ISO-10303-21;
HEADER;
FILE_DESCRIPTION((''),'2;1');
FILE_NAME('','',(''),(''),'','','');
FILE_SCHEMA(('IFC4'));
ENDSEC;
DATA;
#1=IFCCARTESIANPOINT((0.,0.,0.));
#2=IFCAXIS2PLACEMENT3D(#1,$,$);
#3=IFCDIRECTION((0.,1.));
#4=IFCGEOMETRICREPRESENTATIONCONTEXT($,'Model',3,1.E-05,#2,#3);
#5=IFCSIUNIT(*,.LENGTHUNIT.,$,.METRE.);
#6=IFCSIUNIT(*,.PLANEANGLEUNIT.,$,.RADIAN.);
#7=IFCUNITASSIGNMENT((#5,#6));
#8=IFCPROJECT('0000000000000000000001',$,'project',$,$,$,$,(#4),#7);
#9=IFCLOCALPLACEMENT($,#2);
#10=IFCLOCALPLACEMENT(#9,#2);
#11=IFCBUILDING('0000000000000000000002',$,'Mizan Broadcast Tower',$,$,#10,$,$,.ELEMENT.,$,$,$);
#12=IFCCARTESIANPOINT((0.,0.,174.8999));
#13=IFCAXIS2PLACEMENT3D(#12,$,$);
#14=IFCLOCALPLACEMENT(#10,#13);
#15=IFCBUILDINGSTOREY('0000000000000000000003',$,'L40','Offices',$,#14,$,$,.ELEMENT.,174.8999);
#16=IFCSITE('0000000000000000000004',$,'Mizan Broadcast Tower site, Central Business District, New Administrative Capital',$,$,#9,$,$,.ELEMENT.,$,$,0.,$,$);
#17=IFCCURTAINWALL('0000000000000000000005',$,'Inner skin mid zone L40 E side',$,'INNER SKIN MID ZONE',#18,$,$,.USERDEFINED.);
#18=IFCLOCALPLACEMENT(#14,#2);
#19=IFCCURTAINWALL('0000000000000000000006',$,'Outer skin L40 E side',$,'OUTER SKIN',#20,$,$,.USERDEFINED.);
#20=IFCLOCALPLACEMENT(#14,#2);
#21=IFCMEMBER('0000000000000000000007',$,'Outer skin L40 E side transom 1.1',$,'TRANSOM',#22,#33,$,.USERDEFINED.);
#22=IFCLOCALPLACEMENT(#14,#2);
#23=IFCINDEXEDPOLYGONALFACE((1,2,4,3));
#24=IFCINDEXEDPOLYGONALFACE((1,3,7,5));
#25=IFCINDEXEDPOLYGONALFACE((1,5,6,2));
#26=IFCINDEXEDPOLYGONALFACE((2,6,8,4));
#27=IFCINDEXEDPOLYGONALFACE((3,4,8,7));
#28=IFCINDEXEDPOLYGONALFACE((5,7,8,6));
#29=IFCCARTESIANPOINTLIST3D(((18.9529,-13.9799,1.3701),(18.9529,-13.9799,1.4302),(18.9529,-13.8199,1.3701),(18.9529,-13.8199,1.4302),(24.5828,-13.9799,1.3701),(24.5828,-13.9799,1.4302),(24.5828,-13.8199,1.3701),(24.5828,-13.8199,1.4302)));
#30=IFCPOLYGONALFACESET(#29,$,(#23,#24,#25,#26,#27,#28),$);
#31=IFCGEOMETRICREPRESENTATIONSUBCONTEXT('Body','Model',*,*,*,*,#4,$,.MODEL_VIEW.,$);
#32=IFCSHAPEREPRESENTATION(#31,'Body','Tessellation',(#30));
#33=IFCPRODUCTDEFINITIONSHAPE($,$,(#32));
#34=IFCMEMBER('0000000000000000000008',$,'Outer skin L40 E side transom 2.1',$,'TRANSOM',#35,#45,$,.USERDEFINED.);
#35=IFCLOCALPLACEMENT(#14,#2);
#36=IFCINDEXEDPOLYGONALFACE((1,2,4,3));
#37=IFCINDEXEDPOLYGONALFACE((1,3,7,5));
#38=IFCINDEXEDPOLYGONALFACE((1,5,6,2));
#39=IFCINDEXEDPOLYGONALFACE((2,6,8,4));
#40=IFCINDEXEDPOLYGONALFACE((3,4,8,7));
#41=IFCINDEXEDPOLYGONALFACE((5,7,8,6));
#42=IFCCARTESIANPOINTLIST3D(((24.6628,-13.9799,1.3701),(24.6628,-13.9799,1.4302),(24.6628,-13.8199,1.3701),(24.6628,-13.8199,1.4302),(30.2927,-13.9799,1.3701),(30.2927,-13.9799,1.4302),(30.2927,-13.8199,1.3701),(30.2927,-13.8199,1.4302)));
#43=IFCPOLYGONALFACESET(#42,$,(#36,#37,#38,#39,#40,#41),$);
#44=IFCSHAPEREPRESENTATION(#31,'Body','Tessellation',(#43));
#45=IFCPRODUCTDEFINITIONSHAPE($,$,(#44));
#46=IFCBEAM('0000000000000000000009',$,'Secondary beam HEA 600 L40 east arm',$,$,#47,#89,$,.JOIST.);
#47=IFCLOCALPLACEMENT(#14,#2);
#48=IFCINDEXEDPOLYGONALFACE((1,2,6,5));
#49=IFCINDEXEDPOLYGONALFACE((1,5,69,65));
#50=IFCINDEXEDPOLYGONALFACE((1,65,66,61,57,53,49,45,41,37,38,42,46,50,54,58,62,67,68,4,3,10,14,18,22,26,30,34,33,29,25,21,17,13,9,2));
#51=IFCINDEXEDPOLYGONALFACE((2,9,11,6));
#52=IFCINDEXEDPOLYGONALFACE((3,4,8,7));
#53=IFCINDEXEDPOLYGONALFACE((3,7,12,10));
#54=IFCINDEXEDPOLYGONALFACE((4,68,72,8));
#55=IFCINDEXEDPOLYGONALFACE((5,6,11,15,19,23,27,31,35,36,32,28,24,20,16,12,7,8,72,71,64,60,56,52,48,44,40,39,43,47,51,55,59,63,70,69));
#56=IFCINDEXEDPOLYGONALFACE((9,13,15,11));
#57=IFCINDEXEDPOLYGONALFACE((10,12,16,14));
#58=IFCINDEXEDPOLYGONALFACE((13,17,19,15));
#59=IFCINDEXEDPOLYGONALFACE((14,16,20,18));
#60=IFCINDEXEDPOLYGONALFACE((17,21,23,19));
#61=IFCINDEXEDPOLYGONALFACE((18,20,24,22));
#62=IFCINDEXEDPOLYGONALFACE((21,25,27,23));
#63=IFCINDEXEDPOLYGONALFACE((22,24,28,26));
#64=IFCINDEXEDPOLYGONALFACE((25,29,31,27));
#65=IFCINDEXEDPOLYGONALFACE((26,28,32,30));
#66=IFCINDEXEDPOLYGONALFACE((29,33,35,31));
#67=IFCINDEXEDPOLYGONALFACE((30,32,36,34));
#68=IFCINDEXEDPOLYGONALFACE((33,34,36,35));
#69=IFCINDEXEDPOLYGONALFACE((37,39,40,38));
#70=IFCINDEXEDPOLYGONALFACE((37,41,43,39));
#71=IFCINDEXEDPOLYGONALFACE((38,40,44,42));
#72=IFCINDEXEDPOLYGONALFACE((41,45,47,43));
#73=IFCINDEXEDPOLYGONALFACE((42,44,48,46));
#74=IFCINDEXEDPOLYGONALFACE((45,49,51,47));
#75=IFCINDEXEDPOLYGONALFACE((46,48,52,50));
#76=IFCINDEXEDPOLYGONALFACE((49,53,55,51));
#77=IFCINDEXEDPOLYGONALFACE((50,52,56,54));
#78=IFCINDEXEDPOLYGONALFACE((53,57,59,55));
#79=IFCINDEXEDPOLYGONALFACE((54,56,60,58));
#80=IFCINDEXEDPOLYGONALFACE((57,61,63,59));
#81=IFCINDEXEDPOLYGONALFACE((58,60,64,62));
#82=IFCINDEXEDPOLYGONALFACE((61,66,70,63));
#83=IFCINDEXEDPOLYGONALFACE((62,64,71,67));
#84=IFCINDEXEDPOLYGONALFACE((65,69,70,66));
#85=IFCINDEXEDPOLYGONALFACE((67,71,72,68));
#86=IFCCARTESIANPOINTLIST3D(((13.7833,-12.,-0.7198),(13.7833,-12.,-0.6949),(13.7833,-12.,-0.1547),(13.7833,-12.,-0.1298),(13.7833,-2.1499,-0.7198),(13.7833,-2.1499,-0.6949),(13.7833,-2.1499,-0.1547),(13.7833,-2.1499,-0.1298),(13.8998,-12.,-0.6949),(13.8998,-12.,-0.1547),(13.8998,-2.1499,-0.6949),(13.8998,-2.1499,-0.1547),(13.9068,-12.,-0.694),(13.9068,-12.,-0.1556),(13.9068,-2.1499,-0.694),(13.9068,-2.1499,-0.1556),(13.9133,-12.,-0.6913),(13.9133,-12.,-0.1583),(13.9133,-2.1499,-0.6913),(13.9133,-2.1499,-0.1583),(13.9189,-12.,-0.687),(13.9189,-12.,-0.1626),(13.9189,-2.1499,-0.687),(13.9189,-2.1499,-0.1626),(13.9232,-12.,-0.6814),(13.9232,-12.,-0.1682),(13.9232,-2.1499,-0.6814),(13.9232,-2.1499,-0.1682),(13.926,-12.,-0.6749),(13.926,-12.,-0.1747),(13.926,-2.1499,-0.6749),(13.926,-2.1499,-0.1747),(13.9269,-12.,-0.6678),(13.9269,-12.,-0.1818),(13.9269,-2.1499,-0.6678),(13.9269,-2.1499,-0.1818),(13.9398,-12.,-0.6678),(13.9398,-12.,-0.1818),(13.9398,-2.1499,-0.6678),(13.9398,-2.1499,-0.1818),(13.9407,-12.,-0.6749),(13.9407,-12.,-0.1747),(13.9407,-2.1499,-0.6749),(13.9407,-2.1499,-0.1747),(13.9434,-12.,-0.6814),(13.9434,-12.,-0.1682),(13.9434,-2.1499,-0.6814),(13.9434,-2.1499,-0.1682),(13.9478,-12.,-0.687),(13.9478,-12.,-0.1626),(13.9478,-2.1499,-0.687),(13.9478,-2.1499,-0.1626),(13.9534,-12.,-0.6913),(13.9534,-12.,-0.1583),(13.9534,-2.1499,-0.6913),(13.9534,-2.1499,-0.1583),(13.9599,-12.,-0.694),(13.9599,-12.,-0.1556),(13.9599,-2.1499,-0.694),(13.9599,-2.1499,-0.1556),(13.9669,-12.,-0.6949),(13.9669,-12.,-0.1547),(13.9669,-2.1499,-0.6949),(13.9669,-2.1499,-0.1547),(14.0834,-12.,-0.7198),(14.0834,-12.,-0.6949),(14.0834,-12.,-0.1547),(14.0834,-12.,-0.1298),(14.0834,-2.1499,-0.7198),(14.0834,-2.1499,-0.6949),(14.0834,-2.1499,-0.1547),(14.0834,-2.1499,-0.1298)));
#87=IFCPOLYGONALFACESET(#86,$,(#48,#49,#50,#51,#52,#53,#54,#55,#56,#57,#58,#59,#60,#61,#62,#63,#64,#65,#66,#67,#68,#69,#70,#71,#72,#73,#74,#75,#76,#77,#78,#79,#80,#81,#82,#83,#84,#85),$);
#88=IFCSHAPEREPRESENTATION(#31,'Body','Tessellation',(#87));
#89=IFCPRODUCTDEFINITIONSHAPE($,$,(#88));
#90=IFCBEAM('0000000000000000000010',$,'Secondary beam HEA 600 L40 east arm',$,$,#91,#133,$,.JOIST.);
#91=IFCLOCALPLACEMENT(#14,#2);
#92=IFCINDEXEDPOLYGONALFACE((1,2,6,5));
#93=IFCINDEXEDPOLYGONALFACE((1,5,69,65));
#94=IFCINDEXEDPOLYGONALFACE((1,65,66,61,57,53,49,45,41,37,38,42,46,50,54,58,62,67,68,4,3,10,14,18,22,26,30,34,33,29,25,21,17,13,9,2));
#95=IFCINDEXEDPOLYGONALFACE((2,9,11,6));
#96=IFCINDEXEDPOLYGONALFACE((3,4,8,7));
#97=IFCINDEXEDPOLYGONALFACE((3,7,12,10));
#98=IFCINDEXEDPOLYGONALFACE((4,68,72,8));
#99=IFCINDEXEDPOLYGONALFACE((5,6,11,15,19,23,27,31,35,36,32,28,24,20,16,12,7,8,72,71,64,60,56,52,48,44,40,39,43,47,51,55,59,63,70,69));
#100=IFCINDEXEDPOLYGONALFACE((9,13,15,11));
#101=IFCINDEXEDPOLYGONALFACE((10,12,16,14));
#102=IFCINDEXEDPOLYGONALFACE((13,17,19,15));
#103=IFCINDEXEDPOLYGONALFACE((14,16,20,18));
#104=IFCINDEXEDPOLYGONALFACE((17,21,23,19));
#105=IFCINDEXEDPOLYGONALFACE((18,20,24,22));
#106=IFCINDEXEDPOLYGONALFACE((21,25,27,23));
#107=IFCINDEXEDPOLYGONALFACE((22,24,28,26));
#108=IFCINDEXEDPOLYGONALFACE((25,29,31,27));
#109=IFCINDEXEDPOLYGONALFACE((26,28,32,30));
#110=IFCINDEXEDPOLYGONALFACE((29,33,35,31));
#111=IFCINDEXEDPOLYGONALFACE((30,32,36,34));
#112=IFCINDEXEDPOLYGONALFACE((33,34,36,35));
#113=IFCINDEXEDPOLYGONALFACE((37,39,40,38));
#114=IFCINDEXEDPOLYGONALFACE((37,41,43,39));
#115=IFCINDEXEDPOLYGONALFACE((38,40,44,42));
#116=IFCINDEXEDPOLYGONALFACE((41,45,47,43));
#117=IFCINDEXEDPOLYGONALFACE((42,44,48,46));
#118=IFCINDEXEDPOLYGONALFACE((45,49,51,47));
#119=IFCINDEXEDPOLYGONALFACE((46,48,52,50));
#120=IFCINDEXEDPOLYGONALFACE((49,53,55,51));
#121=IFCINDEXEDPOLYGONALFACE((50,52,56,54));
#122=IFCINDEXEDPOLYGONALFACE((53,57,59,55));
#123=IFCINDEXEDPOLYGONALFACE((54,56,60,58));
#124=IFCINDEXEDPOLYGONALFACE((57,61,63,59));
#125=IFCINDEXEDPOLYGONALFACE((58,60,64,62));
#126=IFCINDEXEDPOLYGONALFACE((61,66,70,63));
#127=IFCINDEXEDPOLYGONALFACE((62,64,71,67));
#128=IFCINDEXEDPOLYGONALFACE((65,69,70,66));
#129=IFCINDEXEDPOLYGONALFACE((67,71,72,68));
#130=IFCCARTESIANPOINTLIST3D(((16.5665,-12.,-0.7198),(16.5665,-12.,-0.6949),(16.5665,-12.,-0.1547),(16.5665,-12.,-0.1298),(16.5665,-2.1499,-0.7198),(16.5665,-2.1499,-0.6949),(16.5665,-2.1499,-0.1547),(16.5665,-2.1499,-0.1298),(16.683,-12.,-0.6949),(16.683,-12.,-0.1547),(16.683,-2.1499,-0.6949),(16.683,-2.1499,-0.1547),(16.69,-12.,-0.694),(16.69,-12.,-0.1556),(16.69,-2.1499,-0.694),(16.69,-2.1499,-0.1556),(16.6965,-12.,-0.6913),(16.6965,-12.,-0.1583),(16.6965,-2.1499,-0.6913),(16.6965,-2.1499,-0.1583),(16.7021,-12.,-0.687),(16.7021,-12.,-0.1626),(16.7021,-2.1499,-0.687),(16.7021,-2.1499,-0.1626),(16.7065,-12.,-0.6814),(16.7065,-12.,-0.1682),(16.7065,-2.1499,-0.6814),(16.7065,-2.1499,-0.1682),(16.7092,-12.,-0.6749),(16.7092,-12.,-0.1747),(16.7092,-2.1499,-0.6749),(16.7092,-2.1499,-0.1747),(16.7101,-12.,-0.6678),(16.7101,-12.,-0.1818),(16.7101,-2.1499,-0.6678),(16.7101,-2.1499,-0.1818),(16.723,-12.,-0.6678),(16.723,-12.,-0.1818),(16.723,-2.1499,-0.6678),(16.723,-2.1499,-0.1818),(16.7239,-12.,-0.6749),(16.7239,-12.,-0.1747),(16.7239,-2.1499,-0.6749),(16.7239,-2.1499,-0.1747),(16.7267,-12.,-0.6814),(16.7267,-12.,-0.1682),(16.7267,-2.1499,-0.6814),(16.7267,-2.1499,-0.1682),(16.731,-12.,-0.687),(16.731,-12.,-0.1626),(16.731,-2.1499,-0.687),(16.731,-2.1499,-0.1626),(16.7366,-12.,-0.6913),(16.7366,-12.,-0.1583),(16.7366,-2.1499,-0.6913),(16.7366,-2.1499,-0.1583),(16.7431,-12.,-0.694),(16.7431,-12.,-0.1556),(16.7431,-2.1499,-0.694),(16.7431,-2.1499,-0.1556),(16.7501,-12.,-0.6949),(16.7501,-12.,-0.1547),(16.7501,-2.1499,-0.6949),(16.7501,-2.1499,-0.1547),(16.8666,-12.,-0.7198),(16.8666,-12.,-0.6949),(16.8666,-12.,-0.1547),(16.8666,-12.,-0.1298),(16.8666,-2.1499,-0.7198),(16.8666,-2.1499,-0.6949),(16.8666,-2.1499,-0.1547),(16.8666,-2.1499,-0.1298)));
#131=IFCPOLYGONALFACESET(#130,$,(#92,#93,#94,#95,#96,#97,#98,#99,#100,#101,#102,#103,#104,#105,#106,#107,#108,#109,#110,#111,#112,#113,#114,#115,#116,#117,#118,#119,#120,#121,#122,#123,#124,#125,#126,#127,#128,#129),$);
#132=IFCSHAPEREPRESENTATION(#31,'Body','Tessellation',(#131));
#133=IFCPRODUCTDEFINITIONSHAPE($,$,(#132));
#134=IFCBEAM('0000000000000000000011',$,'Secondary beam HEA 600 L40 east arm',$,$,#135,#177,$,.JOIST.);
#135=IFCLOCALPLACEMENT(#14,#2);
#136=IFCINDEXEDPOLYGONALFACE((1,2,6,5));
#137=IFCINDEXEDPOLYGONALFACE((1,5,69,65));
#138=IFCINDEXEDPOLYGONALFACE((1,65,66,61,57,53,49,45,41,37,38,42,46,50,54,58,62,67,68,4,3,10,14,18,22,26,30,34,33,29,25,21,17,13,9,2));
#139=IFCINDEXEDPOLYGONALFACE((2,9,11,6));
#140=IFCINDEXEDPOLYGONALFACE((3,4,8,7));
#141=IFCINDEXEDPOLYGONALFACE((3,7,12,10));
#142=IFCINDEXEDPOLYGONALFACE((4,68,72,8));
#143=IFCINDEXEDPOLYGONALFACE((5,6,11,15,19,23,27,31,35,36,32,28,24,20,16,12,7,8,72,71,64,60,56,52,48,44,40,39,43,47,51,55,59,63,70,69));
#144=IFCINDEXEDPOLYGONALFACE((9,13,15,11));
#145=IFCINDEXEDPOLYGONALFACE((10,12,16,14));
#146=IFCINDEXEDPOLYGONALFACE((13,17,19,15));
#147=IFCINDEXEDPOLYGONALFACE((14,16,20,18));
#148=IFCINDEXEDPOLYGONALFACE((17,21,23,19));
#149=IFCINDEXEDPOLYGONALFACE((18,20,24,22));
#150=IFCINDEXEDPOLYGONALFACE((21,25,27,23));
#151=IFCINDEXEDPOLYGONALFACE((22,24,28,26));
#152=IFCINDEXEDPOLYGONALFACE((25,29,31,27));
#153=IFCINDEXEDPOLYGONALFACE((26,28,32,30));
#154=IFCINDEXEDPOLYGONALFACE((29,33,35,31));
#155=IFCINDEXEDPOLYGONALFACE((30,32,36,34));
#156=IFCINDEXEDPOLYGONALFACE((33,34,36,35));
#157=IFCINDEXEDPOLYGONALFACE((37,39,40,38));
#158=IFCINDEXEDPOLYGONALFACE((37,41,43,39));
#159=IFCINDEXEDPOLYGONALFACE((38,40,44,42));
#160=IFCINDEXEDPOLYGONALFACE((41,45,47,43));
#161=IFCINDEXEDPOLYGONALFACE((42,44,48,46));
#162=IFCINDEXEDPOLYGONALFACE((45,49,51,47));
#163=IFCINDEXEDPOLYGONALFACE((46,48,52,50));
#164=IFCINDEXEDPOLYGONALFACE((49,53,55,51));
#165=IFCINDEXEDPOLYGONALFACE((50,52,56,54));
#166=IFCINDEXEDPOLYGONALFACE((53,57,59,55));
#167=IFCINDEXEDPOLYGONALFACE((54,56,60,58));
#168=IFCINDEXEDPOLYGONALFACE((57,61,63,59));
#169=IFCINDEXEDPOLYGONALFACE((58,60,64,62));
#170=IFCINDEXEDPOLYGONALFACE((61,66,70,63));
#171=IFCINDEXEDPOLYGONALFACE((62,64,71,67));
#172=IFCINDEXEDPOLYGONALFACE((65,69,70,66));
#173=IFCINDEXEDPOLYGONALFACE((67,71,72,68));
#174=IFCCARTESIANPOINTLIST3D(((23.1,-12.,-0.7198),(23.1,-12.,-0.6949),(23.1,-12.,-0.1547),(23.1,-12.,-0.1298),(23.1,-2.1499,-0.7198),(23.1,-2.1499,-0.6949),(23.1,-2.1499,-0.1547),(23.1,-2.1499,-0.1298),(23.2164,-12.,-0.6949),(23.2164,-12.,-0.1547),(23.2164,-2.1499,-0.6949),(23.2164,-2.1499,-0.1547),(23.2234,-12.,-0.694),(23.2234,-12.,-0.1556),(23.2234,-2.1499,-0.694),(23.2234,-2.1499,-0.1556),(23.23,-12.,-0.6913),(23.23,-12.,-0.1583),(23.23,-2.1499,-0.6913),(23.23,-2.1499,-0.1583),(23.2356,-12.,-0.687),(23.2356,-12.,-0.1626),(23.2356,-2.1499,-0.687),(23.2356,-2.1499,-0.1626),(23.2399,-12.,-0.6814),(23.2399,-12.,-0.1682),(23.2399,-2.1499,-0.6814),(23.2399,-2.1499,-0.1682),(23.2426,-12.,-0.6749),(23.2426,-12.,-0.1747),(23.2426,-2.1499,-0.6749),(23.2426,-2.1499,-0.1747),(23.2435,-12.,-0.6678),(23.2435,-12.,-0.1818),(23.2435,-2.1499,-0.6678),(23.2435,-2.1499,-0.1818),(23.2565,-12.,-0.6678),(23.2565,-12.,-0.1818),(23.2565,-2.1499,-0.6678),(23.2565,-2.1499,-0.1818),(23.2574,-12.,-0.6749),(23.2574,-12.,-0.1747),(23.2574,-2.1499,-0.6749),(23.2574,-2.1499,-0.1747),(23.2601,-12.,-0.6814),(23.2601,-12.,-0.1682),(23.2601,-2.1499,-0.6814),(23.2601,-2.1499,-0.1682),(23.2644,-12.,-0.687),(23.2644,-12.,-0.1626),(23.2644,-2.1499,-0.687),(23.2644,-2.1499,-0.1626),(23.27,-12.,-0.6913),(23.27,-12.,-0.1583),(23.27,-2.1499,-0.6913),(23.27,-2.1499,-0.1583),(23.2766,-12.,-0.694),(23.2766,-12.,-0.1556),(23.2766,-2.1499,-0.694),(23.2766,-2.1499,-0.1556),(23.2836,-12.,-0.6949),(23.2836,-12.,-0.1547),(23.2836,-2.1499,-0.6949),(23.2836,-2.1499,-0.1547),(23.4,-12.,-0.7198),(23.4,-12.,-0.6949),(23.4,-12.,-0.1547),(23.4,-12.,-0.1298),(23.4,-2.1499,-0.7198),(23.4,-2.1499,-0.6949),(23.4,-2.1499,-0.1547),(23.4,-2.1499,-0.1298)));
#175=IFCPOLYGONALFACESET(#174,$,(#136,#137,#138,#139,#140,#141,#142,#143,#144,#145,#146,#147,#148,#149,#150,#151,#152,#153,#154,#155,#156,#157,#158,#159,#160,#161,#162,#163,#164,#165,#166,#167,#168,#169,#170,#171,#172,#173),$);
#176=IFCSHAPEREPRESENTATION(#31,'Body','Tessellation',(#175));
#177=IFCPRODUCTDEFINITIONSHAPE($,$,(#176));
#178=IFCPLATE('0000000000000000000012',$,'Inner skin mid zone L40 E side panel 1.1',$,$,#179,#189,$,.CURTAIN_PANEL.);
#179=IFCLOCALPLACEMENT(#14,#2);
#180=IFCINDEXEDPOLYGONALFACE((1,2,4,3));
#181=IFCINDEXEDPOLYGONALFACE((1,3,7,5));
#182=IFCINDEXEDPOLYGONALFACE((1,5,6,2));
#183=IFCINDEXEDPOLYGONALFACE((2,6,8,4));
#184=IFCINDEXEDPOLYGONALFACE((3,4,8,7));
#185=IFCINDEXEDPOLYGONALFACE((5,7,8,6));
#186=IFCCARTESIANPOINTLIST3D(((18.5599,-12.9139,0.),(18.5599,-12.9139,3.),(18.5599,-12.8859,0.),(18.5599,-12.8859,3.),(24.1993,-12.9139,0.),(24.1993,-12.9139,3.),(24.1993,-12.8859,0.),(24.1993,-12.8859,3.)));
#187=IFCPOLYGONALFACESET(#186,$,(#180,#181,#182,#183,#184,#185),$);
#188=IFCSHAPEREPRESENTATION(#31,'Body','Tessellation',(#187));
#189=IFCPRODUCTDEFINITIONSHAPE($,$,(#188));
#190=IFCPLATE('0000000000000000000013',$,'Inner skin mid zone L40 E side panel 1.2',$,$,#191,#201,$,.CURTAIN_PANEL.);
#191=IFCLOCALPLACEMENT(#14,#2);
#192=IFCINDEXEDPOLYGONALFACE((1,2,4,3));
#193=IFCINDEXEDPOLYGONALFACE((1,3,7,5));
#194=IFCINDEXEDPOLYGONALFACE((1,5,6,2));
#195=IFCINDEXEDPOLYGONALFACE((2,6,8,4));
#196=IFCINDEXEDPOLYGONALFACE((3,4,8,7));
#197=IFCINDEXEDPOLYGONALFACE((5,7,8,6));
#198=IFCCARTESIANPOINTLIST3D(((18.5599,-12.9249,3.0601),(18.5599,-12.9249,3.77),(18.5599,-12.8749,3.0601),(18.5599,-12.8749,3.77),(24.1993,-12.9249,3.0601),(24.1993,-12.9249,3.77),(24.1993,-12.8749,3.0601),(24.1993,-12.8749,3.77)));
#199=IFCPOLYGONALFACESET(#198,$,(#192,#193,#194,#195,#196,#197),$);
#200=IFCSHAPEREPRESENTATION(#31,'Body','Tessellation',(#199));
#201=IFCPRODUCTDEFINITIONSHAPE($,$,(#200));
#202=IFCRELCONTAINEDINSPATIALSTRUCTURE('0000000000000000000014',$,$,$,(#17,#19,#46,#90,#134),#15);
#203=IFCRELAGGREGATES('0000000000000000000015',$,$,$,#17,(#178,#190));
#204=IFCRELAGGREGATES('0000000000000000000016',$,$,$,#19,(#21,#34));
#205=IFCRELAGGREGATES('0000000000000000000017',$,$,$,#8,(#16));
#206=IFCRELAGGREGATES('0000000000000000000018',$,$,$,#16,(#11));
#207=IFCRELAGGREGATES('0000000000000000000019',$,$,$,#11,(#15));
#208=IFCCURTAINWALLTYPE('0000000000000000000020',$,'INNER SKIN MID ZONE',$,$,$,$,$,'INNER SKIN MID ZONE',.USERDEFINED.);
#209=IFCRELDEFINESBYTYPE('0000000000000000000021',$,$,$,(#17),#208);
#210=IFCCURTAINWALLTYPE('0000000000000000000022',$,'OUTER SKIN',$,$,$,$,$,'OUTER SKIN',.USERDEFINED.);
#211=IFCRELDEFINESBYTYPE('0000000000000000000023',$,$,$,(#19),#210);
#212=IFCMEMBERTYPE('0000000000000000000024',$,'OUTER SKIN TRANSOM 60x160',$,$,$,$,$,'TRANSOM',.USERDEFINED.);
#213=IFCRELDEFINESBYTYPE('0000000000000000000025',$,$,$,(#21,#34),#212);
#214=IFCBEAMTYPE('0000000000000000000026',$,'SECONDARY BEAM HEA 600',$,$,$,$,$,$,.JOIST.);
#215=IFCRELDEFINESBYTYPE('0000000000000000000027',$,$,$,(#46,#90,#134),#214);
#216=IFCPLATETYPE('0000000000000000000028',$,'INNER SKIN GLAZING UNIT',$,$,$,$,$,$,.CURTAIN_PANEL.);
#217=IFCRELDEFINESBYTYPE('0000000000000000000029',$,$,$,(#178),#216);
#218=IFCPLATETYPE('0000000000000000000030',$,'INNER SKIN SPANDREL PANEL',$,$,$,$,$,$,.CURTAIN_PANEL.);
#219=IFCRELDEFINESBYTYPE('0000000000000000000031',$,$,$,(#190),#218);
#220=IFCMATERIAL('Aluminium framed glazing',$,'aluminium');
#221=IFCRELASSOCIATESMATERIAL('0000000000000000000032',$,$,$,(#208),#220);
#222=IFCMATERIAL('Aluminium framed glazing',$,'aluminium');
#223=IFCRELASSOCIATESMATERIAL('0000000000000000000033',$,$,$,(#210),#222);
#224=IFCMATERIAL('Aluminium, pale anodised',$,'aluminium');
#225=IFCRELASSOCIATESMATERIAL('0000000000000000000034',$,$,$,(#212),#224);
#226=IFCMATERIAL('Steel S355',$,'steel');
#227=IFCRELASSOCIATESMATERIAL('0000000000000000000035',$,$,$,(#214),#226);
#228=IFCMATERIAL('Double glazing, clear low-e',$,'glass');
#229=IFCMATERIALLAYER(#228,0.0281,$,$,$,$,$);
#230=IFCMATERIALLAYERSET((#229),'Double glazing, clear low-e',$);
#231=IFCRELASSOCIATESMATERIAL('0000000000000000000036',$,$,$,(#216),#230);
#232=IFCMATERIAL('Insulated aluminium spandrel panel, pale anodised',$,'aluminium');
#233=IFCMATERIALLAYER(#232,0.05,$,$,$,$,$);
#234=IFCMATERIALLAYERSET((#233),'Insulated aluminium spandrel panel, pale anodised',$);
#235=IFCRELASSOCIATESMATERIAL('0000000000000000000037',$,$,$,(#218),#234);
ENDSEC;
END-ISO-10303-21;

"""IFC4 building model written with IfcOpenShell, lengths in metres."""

from ifc_helpers import new_model, si_unit, direction, frame, origin, origin_2d, place, context, subcontext, project, spatial, rectangle, i_section, extrude, material, layer, layer_set, material_profile, profile_set, type_object, element, aggregate, save


model = new_model("IFC4")

# Units and contexts
model_context = context("Model", 3, precision=1e-05, world=origin(), true_north=direction((0.0, 1.0)))
body_context = subcontext(model_context, "Body", "Model", "MODEL_VIEW")
ifc_project = project(units=[si_unit("LENGTHUNIT", "METRE"), si_unit("PLANEANGLEUNIT", "RADIAN")], contexts=[model_context])

# Site, building, storey
site_placement = place(None, origin())
site = spatial("IfcSite", under=ifc_project, at=site_placement, Name="Mizan Broadcast Tower site, Central Business District, New Administrative Capital", CompositionType="ELEMENT", RefElevation=0.0)
building_placement = place(site_placement, origin())
building = spatial("IfcBuilding", under=site, at=building_placement, Name="Mizan Broadcast Tower", CompositionType="ELEMENT")
storey_placement = place(building_placement, frame((0.0, 0.0, 174.8999)))
storey = spatial("IfcBuildingStorey", under=building, at=storey_placement, Name="L40", Description="Offices", CompositionType="ELEMENT", Elevation=174.8999)

# Curtain wall
ifc_material_1 = material(Name="Aluminium framed glazing", Category="aluminium")
curtain_wall_type_1 = type_object("IfcCurtainWallType", Name="INNER SKIN MID ZONE", ElementType="INNER SKIN MID ZONE", PredefinedType="USERDEFINED", material=ifc_material_1)
curtain_wall_1_placement = place(storey_placement, origin())
curtain_wall_1 = element("IfcCurtainWall", 1, at=curtain_wall_1_placement, inside=storey, type_object=curtain_wall_type_1, Name="Inner skin mid zone L40 E side", ObjectType="INNER SKIN MID ZONE", PredefinedType="USERDEFINED")

# Curtain wall
ifc_material_2 = material(Name="Aluminium framed glazing", Category="aluminium")
curtain_wall_type_2 = type_object("IfcCurtainWallType", Name="OUTER SKIN", ElementType="OUTER SKIN", PredefinedType="USERDEFINED", material=ifc_material_2)
curtain_wall_2_placement = place(storey_placement, origin())
curtain_wall_2 = element("IfcCurtainWall", 2, at=curtain_wall_2_placement, inside=storey, type_object=curtain_wall_type_2, Name="Outer skin L40 E side", ObjectType="OUTER SKIN", PredefinedType="USERDEFINED")

# Members
ifc_material_3 = material(Name="Aluminium, pale anodised", Category="aluminium")
ifc_material_profile_1 = material_profile(ifc_material_3, rectangle(XDim=0.1599, YDim=0.0601, at=origin_2d()), Name="TRANSOM 160x60")
ifc_profile_set_1 = profile_set([ifc_material_profile_1], Name="Aluminium, pale anodised")
member_type_1 = type_object("IfcMemberType", Name="OUTER SKIN TRANSOM 60x160", ElementType="TRANSOM", PredefinedType="USERDEFINED", material=ifc_profile_set_1)
member_1_placement = place(storey_placement, frame((18.9529, -13.8999, 1.4001), z_axis=(1.0, 0.0, 0.0), x_axis=(0.0, 1.0, 0.0)))
member_1 = element("IfcMember", 3, at=member_1_placement, type_object=member_type_1, Name="Outer skin L40 E side transom 1.1", ObjectType="TRANSOM", PredefinedType="USERDEFINED", context=body_context, shape_type="SweptSolid", body=[
    extrude(rectangle(XDim=0.1599, YDim=0.0601, at=origin_2d()), origin(), (0.0, 0.0, 1.0), 5.6299),
])
member_2_placement = place(storey_placement, frame((24.6628, -13.8999, 1.4001), z_axis=(1.0, 0.0, 0.0), x_axis=(0.0, 1.0, 0.0)))
member_2 = element("IfcMember", 4, at=member_2_placement, type_object=member_type_1, Name="Outer skin L40 E side transom 2.1", ObjectType="TRANSOM", PredefinedType="USERDEFINED", context=body_context, shape_type="SweptSolid", body=[
    extrude(rectangle(XDim=0.1599, YDim=0.0601, at=origin_2d()), origin(), (0.0, 0.0, 1.0), 5.6299),
])

# Beams
ifc_material_4 = material(Name="Steel S355", Category="steel")
ifc_material_profile_2 = material_profile(ifc_material_4, i_section(OverallWidth=0.3, OverallDepth=0.5901, WebThickness=0.0129, FlangeThickness=0.0249, FilletRadius=0.0271, at=origin_2d()), Name="HEA 600")
ifc_profile_set_2 = profile_set([ifc_material_profile_2], Name="Steel S355")
beam_type_1 = type_object("IfcBeamType", Name="SECONDARY BEAM HEA 600", PredefinedType="JOIST", material=ifc_profile_set_2)
for number, where, z_axis, x_axis, name in (
    (5, (13.9333, -12.0, -0.4248), (0.0, 1.0, 0.0), (-1.0, 0.0, 0.0), "Secondary beam HEA 600 L40 east arm"),
    (6, (16.7166, -12.0, -0.4248), (0.0, 1.0, 0.0), (-1.0, 0.0, 0.0), "Secondary beam HEA 600 L40 east arm"),
    (7, (23.25, -12.0, -0.4248), (0.0, 1.0, 0.0), (-1.0, 0.0, 0.0), "Secondary beam HEA 600 L40 east arm"),
):
    element("IfcBeam", number, at=place(storey_placement, frame(where, z_axis=z_axis, x_axis=x_axis)), inside=storey, type_object=beam_type_1, Name=name, PredefinedType="JOIST", context=body_context, shape_type="SweptSolid", body=[
        extrude(i_section(OverallWidth=0.3, OverallDepth=0.5901, WebThickness=0.0129, FlangeThickness=0.0249, FilletRadius=0.0271, at=origin_2d()), origin(), (0.0, 0.0, 1.0), 9.8501),
    ])

# Plates
ifc_material_5 = material(Name="Double glazing, clear low-e", Category="glass")
ifc_layer_1 = layer(ifc_material_5, 0.0281)
ifc_layer_set_1 = layer_set([ifc_layer_1], Name="Double glazing, clear low-e")
plate_type_1 = type_object("IfcPlateType", Name="INNER SKIN GLAZING UNIT", PredefinedType="CURTAIN_PANEL", material=ifc_layer_set_1)
plate_1_placement = place(storey_placement, frame((21.3796, -12.8999, 0.0), z_axis=(0.0, 0.0, 1.0), x_axis=(1.0, 0.0, 0.0)))
plate_1 = element("IfcPlate", 8, at=plate_1_placement, type_object=plate_type_1, Name="Inner skin mid zone L40 E side panel 1.1", PredefinedType="CURTAIN_PANEL", context=body_context, shape_type="SweptSolid", body=[
    extrude(rectangle(XDim=5.6394, YDim=0.0281, at=origin_2d()), origin(), (0.0, 0.0, 1.0), 3.0),
])
ifc_material_6 = material(Name="Insulated aluminium spandrel panel, pale anodised", Category="aluminium")
ifc_layer_2 = layer(ifc_material_6, 0.05)
ifc_layer_set_2 = layer_set([ifc_layer_2], Name="Insulated aluminium spandrel panel, pale anodised")
plate_type_2 = type_object("IfcPlateType", Name="INNER SKIN SPANDREL PANEL", PredefinedType="CURTAIN_PANEL", material=ifc_layer_set_2)
plate_2_placement = place(storey_placement, frame((21.3796, -12.8999, 3.0601), z_axis=(0.0, 0.0, 1.0), x_axis=(1.0, 0.0, 0.0)))
plate_2 = element("IfcPlate", 9, at=plate_2_placement, type_object=plate_type_2, Name="Inner skin mid zone L40 E side panel 1.2", PredefinedType="CURTAIN_PANEL", context=body_context, shape_type="SweptSolid", body=[
    extrude(rectangle(XDim=5.6394, YDim=0.05, at=origin_2d()), origin(), (0.0, 0.0, 1.0), 0.71),
])
aggregate(curtain_wall_1, [plate_1, plate_2])
aggregate(curtain_wall_2, [member_1, member_2])

save(model, "model.ifc")
